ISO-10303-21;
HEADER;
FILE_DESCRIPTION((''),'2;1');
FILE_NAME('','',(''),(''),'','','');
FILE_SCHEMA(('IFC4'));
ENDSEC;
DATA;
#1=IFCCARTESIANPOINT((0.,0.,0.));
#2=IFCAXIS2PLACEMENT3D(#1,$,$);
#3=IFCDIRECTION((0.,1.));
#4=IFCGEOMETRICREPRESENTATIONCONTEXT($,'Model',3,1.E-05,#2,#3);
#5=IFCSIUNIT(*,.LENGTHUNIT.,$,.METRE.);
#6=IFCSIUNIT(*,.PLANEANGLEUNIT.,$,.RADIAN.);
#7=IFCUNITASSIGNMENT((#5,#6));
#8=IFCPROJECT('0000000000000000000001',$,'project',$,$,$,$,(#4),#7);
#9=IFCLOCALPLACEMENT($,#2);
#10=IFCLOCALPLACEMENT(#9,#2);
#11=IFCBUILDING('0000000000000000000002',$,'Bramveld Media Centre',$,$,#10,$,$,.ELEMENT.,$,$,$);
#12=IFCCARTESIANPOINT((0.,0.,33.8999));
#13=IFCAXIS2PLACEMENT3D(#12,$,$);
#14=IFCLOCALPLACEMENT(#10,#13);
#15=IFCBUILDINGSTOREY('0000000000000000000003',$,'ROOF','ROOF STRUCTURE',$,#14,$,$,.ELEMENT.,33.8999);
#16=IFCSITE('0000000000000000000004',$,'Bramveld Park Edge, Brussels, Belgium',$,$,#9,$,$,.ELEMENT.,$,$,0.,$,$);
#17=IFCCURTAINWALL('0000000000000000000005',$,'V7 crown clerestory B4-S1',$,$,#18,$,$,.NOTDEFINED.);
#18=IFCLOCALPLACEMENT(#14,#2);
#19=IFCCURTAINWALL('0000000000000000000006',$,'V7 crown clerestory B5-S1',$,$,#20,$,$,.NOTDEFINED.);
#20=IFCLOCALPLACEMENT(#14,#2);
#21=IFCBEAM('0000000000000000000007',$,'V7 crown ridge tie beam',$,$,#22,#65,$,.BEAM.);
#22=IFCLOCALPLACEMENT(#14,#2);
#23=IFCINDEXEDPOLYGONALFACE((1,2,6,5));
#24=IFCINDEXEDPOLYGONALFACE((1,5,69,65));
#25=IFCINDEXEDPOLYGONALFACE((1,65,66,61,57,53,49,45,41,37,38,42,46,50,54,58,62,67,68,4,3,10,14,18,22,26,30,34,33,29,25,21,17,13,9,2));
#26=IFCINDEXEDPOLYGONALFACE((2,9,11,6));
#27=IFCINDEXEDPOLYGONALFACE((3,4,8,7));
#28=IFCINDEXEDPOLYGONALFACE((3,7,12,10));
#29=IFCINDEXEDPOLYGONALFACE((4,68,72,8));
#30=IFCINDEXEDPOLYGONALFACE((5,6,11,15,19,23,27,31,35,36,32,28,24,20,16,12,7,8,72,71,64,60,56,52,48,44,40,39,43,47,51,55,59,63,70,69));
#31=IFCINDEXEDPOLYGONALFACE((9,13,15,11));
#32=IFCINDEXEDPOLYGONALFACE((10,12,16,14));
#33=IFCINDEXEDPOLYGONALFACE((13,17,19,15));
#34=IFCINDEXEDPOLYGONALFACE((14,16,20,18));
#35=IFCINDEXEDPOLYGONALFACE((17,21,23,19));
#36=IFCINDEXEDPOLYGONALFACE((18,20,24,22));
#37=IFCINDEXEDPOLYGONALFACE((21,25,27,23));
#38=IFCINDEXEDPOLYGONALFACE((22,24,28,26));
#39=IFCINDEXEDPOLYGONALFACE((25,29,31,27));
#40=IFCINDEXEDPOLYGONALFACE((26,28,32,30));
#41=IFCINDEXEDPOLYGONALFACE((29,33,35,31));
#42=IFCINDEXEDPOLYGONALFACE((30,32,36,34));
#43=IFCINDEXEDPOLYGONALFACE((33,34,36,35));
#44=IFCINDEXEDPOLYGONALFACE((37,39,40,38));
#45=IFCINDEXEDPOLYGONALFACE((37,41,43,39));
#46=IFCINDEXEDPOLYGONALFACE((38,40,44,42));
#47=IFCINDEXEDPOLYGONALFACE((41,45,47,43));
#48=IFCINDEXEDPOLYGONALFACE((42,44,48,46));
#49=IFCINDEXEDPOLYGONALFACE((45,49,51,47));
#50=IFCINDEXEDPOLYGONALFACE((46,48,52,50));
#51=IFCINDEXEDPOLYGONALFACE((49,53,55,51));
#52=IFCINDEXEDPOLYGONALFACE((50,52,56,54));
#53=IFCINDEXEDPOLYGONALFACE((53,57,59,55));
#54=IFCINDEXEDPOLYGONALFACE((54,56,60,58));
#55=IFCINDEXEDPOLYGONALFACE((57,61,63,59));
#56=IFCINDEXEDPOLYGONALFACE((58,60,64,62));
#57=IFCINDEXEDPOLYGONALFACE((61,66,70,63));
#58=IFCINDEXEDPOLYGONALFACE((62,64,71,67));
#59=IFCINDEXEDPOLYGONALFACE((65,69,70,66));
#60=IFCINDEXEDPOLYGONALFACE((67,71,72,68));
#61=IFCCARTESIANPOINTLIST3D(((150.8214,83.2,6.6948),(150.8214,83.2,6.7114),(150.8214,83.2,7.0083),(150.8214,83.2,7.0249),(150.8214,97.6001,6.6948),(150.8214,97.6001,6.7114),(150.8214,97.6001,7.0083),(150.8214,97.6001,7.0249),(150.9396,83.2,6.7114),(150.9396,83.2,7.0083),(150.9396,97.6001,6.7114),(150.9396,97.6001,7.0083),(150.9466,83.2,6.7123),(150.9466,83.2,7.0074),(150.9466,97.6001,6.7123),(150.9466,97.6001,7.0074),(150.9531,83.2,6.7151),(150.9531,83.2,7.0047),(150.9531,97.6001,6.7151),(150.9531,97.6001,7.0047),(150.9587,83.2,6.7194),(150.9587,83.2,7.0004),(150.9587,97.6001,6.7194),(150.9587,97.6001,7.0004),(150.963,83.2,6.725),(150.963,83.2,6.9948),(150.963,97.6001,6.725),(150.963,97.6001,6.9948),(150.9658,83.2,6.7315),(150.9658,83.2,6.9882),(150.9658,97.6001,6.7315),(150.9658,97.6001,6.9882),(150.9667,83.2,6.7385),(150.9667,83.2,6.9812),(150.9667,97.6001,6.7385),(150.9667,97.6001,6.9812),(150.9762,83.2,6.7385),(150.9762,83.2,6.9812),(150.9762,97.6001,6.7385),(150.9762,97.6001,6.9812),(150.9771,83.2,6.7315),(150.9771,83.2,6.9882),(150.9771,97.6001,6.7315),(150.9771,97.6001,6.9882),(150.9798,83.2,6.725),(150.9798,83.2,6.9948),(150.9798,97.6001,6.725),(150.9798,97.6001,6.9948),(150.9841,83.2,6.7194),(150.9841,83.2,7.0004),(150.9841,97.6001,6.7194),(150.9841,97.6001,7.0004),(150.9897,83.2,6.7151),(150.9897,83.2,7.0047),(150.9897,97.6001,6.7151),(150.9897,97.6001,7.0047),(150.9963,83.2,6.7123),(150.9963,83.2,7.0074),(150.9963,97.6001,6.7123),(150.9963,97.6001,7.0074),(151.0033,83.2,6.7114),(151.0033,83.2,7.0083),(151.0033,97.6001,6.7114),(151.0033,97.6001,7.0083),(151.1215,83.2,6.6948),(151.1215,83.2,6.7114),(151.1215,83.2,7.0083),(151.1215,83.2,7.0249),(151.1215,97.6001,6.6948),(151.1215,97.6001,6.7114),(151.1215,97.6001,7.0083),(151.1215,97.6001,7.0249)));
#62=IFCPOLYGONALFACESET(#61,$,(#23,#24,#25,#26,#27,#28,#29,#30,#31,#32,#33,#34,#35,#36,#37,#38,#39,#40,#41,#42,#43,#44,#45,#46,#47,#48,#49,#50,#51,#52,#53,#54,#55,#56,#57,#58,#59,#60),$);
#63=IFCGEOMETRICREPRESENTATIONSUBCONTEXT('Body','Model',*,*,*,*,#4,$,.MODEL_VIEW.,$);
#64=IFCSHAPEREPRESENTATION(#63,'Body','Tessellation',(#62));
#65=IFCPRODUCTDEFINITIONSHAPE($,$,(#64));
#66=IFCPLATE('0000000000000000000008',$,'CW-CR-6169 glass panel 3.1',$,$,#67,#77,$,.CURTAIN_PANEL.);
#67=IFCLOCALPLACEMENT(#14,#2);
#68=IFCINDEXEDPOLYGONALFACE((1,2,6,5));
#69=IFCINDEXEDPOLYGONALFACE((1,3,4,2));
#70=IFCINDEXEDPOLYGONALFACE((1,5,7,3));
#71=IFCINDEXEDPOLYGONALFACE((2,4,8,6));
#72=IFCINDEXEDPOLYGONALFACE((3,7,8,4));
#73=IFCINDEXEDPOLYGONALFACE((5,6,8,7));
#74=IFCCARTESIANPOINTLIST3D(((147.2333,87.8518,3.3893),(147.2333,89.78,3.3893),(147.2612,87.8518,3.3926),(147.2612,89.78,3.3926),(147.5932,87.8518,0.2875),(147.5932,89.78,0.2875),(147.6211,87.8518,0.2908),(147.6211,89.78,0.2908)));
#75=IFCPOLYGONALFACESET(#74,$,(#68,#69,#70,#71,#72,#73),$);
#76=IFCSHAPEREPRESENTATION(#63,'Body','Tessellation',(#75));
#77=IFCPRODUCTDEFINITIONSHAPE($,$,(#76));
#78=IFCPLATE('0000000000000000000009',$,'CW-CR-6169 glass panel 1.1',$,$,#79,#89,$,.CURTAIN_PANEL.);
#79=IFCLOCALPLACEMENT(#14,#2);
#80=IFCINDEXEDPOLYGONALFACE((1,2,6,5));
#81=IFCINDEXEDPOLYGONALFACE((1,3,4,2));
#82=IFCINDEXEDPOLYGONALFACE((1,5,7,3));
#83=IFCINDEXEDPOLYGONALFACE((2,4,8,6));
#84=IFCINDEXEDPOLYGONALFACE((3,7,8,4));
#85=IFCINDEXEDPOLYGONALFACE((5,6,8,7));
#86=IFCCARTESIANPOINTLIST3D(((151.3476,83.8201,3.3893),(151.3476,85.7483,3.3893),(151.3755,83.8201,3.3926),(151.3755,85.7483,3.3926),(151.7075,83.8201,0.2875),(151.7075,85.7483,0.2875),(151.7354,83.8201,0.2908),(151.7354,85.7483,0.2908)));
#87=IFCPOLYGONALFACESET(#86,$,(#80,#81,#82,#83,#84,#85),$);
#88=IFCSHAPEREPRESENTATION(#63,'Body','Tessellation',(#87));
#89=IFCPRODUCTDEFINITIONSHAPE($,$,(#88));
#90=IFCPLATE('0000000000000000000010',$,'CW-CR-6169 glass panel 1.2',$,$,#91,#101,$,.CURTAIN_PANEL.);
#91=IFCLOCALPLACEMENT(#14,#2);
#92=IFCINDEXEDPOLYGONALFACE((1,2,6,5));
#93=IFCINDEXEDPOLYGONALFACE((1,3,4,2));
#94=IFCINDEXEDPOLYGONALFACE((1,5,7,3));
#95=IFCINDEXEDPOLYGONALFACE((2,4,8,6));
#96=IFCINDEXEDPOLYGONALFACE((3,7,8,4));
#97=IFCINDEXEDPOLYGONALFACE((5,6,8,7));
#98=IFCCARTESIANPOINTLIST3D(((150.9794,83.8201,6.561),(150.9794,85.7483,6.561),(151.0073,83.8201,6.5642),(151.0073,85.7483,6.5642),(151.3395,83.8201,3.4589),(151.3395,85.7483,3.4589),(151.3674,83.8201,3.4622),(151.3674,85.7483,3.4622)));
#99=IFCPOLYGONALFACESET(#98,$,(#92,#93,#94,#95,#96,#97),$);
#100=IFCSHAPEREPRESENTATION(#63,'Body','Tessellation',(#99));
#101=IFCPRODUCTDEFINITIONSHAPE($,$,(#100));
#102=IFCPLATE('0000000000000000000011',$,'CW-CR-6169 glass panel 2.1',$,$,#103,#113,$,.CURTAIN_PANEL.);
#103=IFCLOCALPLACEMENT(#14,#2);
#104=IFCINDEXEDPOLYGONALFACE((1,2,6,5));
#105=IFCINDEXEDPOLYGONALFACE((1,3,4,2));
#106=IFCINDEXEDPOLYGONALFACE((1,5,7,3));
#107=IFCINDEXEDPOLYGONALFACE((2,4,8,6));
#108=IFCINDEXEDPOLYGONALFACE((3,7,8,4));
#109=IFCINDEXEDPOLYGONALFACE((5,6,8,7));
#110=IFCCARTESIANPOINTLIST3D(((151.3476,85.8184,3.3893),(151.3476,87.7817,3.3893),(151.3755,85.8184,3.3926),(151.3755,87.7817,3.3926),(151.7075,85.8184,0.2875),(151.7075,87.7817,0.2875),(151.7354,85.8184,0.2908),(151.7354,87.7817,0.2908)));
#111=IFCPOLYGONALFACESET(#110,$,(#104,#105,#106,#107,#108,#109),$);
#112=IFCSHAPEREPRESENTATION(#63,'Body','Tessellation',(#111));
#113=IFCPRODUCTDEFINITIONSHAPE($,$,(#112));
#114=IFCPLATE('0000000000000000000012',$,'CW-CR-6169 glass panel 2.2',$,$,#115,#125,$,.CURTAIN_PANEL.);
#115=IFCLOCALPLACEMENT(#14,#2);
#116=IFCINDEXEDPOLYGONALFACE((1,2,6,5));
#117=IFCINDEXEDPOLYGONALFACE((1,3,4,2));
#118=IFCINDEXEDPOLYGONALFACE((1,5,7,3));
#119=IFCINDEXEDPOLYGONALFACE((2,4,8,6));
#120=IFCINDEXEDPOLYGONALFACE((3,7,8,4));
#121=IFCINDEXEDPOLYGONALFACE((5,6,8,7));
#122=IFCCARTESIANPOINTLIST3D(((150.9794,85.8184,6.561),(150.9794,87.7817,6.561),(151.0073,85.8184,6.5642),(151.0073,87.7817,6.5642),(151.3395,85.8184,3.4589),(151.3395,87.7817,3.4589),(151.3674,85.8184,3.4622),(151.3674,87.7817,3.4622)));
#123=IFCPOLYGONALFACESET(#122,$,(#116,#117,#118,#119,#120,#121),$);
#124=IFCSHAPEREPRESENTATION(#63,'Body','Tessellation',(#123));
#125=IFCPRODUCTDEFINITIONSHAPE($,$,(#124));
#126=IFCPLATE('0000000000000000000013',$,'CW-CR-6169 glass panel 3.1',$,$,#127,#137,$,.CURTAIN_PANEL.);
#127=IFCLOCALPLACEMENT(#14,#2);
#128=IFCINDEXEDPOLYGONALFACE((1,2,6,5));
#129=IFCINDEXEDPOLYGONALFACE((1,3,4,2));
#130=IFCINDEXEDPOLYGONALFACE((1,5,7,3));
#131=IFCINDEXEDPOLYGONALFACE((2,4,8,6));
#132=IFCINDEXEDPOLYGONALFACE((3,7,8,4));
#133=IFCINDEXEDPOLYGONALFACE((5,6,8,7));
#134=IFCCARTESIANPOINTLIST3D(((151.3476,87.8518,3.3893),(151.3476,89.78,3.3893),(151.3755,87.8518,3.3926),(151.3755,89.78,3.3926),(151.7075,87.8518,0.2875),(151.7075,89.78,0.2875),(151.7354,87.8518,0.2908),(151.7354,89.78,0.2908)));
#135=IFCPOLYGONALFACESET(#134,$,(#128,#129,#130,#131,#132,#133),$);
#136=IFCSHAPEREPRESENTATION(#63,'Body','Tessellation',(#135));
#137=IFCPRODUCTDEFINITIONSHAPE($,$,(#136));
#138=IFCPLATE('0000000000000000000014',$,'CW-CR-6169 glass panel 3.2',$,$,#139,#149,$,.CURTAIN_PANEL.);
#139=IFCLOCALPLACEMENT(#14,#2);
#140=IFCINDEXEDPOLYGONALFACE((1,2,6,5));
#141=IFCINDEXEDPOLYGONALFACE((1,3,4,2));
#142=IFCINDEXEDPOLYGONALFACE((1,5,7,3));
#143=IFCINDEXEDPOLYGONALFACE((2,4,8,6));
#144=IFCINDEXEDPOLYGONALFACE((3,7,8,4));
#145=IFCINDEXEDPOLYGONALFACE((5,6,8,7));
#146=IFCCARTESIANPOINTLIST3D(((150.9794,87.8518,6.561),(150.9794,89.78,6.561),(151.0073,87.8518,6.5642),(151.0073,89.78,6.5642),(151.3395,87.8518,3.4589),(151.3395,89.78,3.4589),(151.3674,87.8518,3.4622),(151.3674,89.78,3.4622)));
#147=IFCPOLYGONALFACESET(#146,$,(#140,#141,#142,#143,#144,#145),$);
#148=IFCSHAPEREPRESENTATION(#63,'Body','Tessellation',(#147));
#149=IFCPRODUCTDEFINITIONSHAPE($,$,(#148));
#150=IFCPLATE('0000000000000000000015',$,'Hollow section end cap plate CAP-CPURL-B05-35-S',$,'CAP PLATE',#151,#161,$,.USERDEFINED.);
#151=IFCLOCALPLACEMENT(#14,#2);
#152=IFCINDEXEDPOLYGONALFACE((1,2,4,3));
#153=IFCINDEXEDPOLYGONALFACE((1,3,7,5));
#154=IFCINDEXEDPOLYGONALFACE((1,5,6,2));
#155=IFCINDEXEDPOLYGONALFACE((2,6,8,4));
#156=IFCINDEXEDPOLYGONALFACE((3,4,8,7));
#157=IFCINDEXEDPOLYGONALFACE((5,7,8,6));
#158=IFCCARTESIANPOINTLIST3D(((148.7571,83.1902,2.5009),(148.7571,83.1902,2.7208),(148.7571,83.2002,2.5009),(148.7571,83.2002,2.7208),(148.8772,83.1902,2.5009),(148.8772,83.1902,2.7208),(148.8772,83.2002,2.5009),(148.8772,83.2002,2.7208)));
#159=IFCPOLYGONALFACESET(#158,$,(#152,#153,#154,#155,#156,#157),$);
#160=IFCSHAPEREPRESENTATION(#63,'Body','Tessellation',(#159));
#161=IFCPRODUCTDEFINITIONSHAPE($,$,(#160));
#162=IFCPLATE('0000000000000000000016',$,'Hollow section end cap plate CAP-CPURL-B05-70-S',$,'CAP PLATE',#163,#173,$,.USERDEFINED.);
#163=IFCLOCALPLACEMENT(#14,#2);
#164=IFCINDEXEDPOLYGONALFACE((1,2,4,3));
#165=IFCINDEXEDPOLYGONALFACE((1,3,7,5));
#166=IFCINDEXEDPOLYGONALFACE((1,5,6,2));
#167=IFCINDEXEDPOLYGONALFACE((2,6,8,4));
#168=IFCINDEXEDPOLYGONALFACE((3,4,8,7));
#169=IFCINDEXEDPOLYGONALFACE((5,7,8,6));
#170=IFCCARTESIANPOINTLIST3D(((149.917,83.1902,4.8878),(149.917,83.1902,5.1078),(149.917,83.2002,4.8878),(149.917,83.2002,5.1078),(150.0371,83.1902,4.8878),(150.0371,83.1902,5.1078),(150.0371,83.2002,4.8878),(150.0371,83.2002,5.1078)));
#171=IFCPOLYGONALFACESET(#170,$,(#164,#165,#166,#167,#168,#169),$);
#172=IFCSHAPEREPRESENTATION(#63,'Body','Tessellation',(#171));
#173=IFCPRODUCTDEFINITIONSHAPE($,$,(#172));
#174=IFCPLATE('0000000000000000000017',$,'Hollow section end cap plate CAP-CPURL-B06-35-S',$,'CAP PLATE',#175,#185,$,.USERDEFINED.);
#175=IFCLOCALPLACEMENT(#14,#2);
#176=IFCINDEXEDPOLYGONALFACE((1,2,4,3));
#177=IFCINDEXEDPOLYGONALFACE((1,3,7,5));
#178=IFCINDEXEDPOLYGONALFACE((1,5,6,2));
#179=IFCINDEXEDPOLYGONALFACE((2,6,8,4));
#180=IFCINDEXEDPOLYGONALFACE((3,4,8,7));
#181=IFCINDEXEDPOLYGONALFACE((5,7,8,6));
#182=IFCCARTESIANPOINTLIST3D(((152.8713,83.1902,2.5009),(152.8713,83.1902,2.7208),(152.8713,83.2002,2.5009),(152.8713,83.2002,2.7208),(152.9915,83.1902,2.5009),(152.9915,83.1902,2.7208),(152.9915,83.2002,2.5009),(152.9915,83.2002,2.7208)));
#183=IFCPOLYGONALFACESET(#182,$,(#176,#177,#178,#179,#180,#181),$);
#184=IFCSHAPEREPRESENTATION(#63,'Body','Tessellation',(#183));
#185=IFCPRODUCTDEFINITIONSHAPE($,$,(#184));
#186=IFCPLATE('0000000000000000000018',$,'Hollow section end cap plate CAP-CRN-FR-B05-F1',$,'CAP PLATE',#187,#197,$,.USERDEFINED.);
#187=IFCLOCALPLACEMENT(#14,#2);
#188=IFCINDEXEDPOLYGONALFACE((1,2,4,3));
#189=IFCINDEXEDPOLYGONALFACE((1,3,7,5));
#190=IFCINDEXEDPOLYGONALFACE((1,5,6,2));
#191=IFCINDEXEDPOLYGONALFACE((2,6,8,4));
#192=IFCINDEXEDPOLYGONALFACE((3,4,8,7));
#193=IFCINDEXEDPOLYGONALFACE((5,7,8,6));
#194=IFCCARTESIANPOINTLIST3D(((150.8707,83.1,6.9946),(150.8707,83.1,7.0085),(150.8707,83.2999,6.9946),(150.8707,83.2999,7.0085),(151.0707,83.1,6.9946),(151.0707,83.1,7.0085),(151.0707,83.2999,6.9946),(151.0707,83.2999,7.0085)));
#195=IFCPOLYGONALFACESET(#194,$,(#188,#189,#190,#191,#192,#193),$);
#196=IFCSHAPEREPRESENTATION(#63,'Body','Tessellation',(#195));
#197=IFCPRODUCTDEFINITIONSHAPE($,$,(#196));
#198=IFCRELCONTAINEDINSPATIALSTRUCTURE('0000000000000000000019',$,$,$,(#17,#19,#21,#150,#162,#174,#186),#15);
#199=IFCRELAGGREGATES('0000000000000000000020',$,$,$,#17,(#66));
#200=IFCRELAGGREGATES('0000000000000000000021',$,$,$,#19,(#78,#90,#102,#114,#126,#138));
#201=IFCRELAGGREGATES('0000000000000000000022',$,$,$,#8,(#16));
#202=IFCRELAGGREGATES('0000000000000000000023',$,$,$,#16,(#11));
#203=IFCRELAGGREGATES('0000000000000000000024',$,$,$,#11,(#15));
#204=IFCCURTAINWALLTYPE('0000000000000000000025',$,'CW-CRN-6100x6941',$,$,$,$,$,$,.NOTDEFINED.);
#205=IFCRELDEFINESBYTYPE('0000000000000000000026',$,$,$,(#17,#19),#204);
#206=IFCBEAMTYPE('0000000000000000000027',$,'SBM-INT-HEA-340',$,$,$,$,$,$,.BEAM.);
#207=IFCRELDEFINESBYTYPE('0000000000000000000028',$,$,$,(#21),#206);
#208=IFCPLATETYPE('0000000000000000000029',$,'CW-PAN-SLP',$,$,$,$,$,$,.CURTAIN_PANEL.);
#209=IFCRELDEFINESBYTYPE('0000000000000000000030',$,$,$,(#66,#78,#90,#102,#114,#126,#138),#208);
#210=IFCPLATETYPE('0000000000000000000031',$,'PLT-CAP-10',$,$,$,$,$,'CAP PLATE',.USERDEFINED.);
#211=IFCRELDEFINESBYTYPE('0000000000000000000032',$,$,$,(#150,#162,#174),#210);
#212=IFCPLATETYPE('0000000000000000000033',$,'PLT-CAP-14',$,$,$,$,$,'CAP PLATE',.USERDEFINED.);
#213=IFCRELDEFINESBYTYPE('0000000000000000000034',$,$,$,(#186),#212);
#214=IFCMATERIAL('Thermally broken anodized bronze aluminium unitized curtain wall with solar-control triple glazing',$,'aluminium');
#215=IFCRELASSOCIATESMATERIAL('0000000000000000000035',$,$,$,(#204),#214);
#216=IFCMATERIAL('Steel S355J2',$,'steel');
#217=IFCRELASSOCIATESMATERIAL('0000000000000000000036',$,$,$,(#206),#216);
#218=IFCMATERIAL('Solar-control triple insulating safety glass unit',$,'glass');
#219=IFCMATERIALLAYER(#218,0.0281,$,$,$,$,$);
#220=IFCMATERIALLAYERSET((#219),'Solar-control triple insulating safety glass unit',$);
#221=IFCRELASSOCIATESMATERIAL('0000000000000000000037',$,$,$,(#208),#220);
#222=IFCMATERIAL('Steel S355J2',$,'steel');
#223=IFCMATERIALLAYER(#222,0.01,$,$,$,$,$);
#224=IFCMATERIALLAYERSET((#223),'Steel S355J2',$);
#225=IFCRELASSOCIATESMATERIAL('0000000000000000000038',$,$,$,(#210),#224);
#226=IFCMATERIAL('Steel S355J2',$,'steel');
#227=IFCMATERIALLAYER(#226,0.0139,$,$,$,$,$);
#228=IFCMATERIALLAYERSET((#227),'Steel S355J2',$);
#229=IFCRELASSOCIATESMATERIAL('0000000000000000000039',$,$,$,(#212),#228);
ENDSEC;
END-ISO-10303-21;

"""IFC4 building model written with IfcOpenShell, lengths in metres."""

from ifc_helpers import new_model, si_unit, direction, frame, origin, origin_2d, place, context, subcontext, project, spatial, polyline, rectangle, i_section, outline, extrude, material, layer, layer_set, material_profile, profile_set, type_object, element, aggregate, save


model = new_model("IFC4")

# Units and contexts
model_context = context("Model", 3, precision=1e-05, world=origin(), true_north=direction((0.0, 1.0)))
body_context = subcontext(model_context, "Body", "Model", "MODEL_VIEW")
ifc_project = project(units=[si_unit("LENGTHUNIT", "METRE"), si_unit("PLANEANGLEUNIT", "RADIAN")], contexts=[model_context])

# Site, building, storey
site_placement = place(None, origin())
site = spatial("IfcSite", under=ifc_project, at=site_placement, Name="Bramveld Park Edge, Brussels, Belgium", CompositionType="ELEMENT", RefElevation=0.0)
building_placement = place(site_placement, origin())
building = spatial("IfcBuilding", under=site, at=building_placement, Name="Bramveld Media Centre", CompositionType="ELEMENT")
storey_placement = place(building_placement, frame((0.0, 0.0, 33.8999)))
storey = spatial("IfcBuildingStorey", under=building, at=storey_placement, Name="ROOF", Description="ROOF STRUCTURE", CompositionType="ELEMENT", Elevation=33.8999)

# Curtain walls
ifc_material_1 = material(Name="Thermally broken anodized bronze aluminium unitized curtain wall with solar-control triple glazing", Category="aluminium")
curtain_wall_type = type_object("IfcCurtainWallType", Name="CW-CRN-6100x6941", PredefinedType="NOTDEFINED", material=ifc_material_1)
curtain_wall_1_placement = place(storey_placement, origin())
curtain_wall_1 = element("IfcCurtainWall", 1, at=curtain_wall_1_placement, inside=storey, type_object=curtain_wall_type, Name="V7 crown clerestory B4-S1", PredefinedType="NOTDEFINED")
curtain_wall_2_placement = place(storey_placement, origin())
curtain_wall_2 = element("IfcCurtainWall", 2, at=curtain_wall_2_placement, inside=storey, type_object=curtain_wall_type, Name="V7 crown clerestory B5-S1", PredefinedType="NOTDEFINED")

# Beam
ifc_material_2 = material(Name="Steel S355J2", Category="steel")
ifc_material_profile_1 = material_profile(ifc_material_2, i_section(OverallWidth=0.3, OverallDepth=0.3301, WebThickness=0.0095, FlangeThickness=0.0166, FilletRadius=0.0271, at=origin_2d()), Name="HEA 340")
ifc_profile_set_1 = profile_set([ifc_material_profile_1], Name="Steel S355J2")
beam_type = type_object("IfcBeamType", Name="SBM-INT-HEA-340", PredefinedType="BEAM", material=ifc_profile_set_1)
beam_placement = place(storey_placement, frame((150.9714, 83.2, 6.8599), z_axis=(0.0, 1.0, 0.0), x_axis=(-1.0, 0.0, 0.0)))
element("IfcBeam", 3, at=beam_placement, inside=storey, type_object=beam_type, Name="V7 crown ridge tie beam", PredefinedType="BEAM", context=body_context, shape_type="SweptSolid", body=[
    extrude(i_section(OverallWidth=0.3, OverallDepth=0.3301, WebThickness=0.0095, FlangeThickness=0.0166, FilletRadius=0.0271, at=origin_2d()), origin(), (0.0, 0.0, 1.0), 14.4001),
])

# Plates
ifc_material_3 = material(Name="Solar-control triple insulating safety glass unit", Category="glass")
ifc_layer_1 = layer(ifc_material_3, 0.0281)
ifc_layer_set_1 = layer_set([ifc_layer_1], Name="Solar-control triple insulating safety glass unit")
plate_type_1 = type_object("IfcPlateType", Name="CW-PAN-SLP", PredefinedType="CURTAIN_PANEL", material=ifc_layer_set_1)
plate_1_placement = place(storey_placement, frame((147.6211, 87.8518, 0.2908), z_axis=(0.993337, 0.0, 0.115244), x_axis=(0.0, 1.0, 0.0)))
plate_1 = element("IfcPlate", 4, at=plate_1_placement, type_object=plate_type_1, Name="CW-CR-6169 glass panel 3.1", PredefinedType="CURTAIN_PANEL", context=body_context, shape_type="SweptSolid", body=[
    extrude(outline(polyline([(0.0, 0.0), (1.9282, 0.0), (1.9282, 3.1226), (0.0, 3.1226), (0.0, 0.0)])), origin(), (0.0, 0.0, -1.0), 0.0281),
])
aggregate(curtain_wall_1, [plate_1])
plate_2_placement = place(storey_placement, frame((151.7354, 83.8201, 0.2908), z_axis=(0.993337, 0.0, 0.115244), x_axis=(0.0, 1.0, 0.0)))
plate_2 = element("IfcPlate", 5, at=plate_2_placement, type_object=plate_type_1, Name="CW-CR-6169 glass panel 1.1", PredefinedType="CURTAIN_PANEL", context=body_context, shape_type="SweptSolid", body=[
    extrude(outline(polyline([(0.0, 0.0), (1.9282, 0.0), (1.9282, 3.1226), (0.0, 3.1226), (0.0, 0.0)])), origin(), (0.0, 0.0, -1.0), 0.0281),
])
plate_3_placement = place(storey_placement, frame((151.3674, 83.8201, 3.4622), z_axis=(0.993329, 0.0, 0.115313), x_axis=(0.0, 1.0, 0.0)))
plate_3 = element("IfcPlate", 6, at=plate_3_placement, type_object=plate_type_1, Name="CW-CR-6169 glass panel 1.2", PredefinedType="CURTAIN_PANEL", context=body_context, shape_type="SweptSolid", body=[
    extrude(outline(polyline([(0.0, 0.0), (1.9282, 0.0), (1.9282, 3.1229), (0.0, 3.1229), (0.0, 0.0)])), origin(), (0.0, 0.0, -1.0), 0.0281),
])
plate_4_placement = place(storey_placement, frame((151.7354, 85.8184, 0.2908), z_axis=(0.993337, 0.0, 0.115244), x_axis=(0.0, 1.0, 0.0)))
plate_4 = element("IfcPlate", 7, at=plate_4_placement, type_object=plate_type_1, Name="CW-CR-6169 glass panel 2.1", PredefinedType="CURTAIN_PANEL", context=body_context, shape_type="SweptSolid", body=[
    extrude(outline(polyline([(0.0, 0.0), (1.9634, 0.0), (1.9634, 3.1226), (0.0, 3.1226), (0.0, 0.0)])), origin(), (0.0, 0.0, -1.0), 0.0281),
])
plate_5_placement = place(storey_placement, frame((151.3674, 85.8184, 3.4622), z_axis=(0.993329, 0.0, 0.115313), x_axis=(0.0, 1.0, 0.0)))
plate_5 = element("IfcPlate", 8, at=plate_5_placement, type_object=plate_type_1, Name="CW-CR-6169 glass panel 2.2", PredefinedType="CURTAIN_PANEL", context=body_context, shape_type="SweptSolid", body=[
    extrude(outline(polyline([(0.0, 0.0), (1.9634, 0.0), (1.9634, 3.1229), (0.0, 3.1229), (0.0, 0.0)])), origin(), (0.0, 0.0, -1.0), 0.0281),
])
plate_6_placement = place(storey_placement, frame((151.7354, 87.8518, 0.2908), z_axis=(0.993337, 0.0, 0.115244), x_axis=(0.0, 1.0, 0.0)))
plate_6 = element("IfcPlate", 9, at=plate_6_placement, type_object=plate_type_1, Name="CW-CR-6169 glass panel 3.1", PredefinedType="CURTAIN_PANEL", context=body_context, shape_type="SweptSolid", body=[
    extrude(outline(polyline([(0.0, 0.0), (1.9282, 0.0), (1.9282, 3.1226), (0.0, 3.1226), (0.0, 0.0)])), origin(), (0.0, 0.0, -1.0), 0.0281),
])
plate_7_placement = place(storey_placement, frame((151.3674, 87.8518, 3.4622), z_axis=(0.993329, 0.0, 0.115313), x_axis=(0.0, 1.0, 0.0)))
plate_7 = element("IfcPlate", 10, at=plate_7_placement, type_object=plate_type_1, Name="CW-CR-6169 glass panel 3.2", PredefinedType="CURTAIN_PANEL", context=body_context, shape_type="SweptSolid", body=[
    extrude(outline(polyline([(0.0, 0.0), (1.9282, 0.0), (1.9282, 3.1229), (0.0, 3.1229), (0.0, 0.0)])), origin(), (0.0, 0.0, -1.0), 0.0281),
])
aggregate(curtain_wall_2, [plate_2, plate_3, plate_4, plate_5, plate_6, plate_7])

# Plates
ifc_material_4 = material(Name="Steel S355J2", Category="steel")
ifc_layer_2 = layer(ifc_material_4, 0.01)
ifc_layer_set_2 = layer_set([ifc_layer_2], Name="Steel S355J2")
plate_type_2 = type_object("IfcPlateType", Name="PLT-CAP-10", ElementType="CAP PLATE", PredefinedType="USERDEFINED", material=ifc_layer_set_2)
for number, where, z_axis, x_axis, name in (
    (11, (148.8171, 83.2002, 2.6108), (0.0, -1.0, 0.0), (1.0, 0.0, 0.0), "Hollow section end cap plate CAP-CPURL-B05-35-S"),
    (12, (149.9771, 83.2002, 4.9978), (0.0, -1.0, 0.0), (1.0, 0.0, 0.0), "Hollow section end cap plate CAP-CPURL-B05-70-S"),
    (13, (152.9314, 83.2002, 2.6108), (0.0, -1.0, 0.0), (1.0, 0.0, 0.0), "Hollow section end cap plate CAP-CPURL-B06-35-S"),
):
    element("IfcPlate", number, at=place(storey_placement, frame(where, z_axis=z_axis, x_axis=x_axis)), inside=storey, type_object=plate_type_2, Name=name, ObjectType="CAP PLATE", PredefinedType="USERDEFINED", context=body_context, shape_type="SweptSolid", body=[
        extrude(rectangle(XDim=0.1201, YDim=0.22, at=origin_2d()), origin(), (0.0, 0.0, 1.0), 0.01),
    ])
ifc_material_5 = material(Name="Steel S355J2", Category="steel")
ifc_layer_3 = layer(ifc_material_5, 0.0139)
ifc_layer_set_3 = layer_set([ifc_layer_3], Name="Steel S355J2")
plate_type_3 = type_object("IfcPlateType", Name="PLT-CAP-14", ElementType="CAP PLATE", PredefinedType="USERDEFINED", material=ifc_layer_set_3)
plate_8_placement = place(storey_placement, frame((150.9707, 83.2, 6.9946), z_axis=(0.0, 0.0, 1.0), x_axis=(1.0, 0.0, 0.0)))
element("IfcPlate", 14, at=plate_8_placement, inside=storey, type_object=plate_type_3, Name="Hollow section end cap plate CAP-CRN-FR-B05-F1", ObjectType="CAP PLATE", PredefinedType="USERDEFINED", context=body_context, shape_type="SweptSolid", body=[
    extrude(rectangle(XDim=0.2, YDim=0.2, at=origin_2d()), origin(), (0.0, 0.0, 1.0), 0.0139),
])

save(model, "model.ifc")
